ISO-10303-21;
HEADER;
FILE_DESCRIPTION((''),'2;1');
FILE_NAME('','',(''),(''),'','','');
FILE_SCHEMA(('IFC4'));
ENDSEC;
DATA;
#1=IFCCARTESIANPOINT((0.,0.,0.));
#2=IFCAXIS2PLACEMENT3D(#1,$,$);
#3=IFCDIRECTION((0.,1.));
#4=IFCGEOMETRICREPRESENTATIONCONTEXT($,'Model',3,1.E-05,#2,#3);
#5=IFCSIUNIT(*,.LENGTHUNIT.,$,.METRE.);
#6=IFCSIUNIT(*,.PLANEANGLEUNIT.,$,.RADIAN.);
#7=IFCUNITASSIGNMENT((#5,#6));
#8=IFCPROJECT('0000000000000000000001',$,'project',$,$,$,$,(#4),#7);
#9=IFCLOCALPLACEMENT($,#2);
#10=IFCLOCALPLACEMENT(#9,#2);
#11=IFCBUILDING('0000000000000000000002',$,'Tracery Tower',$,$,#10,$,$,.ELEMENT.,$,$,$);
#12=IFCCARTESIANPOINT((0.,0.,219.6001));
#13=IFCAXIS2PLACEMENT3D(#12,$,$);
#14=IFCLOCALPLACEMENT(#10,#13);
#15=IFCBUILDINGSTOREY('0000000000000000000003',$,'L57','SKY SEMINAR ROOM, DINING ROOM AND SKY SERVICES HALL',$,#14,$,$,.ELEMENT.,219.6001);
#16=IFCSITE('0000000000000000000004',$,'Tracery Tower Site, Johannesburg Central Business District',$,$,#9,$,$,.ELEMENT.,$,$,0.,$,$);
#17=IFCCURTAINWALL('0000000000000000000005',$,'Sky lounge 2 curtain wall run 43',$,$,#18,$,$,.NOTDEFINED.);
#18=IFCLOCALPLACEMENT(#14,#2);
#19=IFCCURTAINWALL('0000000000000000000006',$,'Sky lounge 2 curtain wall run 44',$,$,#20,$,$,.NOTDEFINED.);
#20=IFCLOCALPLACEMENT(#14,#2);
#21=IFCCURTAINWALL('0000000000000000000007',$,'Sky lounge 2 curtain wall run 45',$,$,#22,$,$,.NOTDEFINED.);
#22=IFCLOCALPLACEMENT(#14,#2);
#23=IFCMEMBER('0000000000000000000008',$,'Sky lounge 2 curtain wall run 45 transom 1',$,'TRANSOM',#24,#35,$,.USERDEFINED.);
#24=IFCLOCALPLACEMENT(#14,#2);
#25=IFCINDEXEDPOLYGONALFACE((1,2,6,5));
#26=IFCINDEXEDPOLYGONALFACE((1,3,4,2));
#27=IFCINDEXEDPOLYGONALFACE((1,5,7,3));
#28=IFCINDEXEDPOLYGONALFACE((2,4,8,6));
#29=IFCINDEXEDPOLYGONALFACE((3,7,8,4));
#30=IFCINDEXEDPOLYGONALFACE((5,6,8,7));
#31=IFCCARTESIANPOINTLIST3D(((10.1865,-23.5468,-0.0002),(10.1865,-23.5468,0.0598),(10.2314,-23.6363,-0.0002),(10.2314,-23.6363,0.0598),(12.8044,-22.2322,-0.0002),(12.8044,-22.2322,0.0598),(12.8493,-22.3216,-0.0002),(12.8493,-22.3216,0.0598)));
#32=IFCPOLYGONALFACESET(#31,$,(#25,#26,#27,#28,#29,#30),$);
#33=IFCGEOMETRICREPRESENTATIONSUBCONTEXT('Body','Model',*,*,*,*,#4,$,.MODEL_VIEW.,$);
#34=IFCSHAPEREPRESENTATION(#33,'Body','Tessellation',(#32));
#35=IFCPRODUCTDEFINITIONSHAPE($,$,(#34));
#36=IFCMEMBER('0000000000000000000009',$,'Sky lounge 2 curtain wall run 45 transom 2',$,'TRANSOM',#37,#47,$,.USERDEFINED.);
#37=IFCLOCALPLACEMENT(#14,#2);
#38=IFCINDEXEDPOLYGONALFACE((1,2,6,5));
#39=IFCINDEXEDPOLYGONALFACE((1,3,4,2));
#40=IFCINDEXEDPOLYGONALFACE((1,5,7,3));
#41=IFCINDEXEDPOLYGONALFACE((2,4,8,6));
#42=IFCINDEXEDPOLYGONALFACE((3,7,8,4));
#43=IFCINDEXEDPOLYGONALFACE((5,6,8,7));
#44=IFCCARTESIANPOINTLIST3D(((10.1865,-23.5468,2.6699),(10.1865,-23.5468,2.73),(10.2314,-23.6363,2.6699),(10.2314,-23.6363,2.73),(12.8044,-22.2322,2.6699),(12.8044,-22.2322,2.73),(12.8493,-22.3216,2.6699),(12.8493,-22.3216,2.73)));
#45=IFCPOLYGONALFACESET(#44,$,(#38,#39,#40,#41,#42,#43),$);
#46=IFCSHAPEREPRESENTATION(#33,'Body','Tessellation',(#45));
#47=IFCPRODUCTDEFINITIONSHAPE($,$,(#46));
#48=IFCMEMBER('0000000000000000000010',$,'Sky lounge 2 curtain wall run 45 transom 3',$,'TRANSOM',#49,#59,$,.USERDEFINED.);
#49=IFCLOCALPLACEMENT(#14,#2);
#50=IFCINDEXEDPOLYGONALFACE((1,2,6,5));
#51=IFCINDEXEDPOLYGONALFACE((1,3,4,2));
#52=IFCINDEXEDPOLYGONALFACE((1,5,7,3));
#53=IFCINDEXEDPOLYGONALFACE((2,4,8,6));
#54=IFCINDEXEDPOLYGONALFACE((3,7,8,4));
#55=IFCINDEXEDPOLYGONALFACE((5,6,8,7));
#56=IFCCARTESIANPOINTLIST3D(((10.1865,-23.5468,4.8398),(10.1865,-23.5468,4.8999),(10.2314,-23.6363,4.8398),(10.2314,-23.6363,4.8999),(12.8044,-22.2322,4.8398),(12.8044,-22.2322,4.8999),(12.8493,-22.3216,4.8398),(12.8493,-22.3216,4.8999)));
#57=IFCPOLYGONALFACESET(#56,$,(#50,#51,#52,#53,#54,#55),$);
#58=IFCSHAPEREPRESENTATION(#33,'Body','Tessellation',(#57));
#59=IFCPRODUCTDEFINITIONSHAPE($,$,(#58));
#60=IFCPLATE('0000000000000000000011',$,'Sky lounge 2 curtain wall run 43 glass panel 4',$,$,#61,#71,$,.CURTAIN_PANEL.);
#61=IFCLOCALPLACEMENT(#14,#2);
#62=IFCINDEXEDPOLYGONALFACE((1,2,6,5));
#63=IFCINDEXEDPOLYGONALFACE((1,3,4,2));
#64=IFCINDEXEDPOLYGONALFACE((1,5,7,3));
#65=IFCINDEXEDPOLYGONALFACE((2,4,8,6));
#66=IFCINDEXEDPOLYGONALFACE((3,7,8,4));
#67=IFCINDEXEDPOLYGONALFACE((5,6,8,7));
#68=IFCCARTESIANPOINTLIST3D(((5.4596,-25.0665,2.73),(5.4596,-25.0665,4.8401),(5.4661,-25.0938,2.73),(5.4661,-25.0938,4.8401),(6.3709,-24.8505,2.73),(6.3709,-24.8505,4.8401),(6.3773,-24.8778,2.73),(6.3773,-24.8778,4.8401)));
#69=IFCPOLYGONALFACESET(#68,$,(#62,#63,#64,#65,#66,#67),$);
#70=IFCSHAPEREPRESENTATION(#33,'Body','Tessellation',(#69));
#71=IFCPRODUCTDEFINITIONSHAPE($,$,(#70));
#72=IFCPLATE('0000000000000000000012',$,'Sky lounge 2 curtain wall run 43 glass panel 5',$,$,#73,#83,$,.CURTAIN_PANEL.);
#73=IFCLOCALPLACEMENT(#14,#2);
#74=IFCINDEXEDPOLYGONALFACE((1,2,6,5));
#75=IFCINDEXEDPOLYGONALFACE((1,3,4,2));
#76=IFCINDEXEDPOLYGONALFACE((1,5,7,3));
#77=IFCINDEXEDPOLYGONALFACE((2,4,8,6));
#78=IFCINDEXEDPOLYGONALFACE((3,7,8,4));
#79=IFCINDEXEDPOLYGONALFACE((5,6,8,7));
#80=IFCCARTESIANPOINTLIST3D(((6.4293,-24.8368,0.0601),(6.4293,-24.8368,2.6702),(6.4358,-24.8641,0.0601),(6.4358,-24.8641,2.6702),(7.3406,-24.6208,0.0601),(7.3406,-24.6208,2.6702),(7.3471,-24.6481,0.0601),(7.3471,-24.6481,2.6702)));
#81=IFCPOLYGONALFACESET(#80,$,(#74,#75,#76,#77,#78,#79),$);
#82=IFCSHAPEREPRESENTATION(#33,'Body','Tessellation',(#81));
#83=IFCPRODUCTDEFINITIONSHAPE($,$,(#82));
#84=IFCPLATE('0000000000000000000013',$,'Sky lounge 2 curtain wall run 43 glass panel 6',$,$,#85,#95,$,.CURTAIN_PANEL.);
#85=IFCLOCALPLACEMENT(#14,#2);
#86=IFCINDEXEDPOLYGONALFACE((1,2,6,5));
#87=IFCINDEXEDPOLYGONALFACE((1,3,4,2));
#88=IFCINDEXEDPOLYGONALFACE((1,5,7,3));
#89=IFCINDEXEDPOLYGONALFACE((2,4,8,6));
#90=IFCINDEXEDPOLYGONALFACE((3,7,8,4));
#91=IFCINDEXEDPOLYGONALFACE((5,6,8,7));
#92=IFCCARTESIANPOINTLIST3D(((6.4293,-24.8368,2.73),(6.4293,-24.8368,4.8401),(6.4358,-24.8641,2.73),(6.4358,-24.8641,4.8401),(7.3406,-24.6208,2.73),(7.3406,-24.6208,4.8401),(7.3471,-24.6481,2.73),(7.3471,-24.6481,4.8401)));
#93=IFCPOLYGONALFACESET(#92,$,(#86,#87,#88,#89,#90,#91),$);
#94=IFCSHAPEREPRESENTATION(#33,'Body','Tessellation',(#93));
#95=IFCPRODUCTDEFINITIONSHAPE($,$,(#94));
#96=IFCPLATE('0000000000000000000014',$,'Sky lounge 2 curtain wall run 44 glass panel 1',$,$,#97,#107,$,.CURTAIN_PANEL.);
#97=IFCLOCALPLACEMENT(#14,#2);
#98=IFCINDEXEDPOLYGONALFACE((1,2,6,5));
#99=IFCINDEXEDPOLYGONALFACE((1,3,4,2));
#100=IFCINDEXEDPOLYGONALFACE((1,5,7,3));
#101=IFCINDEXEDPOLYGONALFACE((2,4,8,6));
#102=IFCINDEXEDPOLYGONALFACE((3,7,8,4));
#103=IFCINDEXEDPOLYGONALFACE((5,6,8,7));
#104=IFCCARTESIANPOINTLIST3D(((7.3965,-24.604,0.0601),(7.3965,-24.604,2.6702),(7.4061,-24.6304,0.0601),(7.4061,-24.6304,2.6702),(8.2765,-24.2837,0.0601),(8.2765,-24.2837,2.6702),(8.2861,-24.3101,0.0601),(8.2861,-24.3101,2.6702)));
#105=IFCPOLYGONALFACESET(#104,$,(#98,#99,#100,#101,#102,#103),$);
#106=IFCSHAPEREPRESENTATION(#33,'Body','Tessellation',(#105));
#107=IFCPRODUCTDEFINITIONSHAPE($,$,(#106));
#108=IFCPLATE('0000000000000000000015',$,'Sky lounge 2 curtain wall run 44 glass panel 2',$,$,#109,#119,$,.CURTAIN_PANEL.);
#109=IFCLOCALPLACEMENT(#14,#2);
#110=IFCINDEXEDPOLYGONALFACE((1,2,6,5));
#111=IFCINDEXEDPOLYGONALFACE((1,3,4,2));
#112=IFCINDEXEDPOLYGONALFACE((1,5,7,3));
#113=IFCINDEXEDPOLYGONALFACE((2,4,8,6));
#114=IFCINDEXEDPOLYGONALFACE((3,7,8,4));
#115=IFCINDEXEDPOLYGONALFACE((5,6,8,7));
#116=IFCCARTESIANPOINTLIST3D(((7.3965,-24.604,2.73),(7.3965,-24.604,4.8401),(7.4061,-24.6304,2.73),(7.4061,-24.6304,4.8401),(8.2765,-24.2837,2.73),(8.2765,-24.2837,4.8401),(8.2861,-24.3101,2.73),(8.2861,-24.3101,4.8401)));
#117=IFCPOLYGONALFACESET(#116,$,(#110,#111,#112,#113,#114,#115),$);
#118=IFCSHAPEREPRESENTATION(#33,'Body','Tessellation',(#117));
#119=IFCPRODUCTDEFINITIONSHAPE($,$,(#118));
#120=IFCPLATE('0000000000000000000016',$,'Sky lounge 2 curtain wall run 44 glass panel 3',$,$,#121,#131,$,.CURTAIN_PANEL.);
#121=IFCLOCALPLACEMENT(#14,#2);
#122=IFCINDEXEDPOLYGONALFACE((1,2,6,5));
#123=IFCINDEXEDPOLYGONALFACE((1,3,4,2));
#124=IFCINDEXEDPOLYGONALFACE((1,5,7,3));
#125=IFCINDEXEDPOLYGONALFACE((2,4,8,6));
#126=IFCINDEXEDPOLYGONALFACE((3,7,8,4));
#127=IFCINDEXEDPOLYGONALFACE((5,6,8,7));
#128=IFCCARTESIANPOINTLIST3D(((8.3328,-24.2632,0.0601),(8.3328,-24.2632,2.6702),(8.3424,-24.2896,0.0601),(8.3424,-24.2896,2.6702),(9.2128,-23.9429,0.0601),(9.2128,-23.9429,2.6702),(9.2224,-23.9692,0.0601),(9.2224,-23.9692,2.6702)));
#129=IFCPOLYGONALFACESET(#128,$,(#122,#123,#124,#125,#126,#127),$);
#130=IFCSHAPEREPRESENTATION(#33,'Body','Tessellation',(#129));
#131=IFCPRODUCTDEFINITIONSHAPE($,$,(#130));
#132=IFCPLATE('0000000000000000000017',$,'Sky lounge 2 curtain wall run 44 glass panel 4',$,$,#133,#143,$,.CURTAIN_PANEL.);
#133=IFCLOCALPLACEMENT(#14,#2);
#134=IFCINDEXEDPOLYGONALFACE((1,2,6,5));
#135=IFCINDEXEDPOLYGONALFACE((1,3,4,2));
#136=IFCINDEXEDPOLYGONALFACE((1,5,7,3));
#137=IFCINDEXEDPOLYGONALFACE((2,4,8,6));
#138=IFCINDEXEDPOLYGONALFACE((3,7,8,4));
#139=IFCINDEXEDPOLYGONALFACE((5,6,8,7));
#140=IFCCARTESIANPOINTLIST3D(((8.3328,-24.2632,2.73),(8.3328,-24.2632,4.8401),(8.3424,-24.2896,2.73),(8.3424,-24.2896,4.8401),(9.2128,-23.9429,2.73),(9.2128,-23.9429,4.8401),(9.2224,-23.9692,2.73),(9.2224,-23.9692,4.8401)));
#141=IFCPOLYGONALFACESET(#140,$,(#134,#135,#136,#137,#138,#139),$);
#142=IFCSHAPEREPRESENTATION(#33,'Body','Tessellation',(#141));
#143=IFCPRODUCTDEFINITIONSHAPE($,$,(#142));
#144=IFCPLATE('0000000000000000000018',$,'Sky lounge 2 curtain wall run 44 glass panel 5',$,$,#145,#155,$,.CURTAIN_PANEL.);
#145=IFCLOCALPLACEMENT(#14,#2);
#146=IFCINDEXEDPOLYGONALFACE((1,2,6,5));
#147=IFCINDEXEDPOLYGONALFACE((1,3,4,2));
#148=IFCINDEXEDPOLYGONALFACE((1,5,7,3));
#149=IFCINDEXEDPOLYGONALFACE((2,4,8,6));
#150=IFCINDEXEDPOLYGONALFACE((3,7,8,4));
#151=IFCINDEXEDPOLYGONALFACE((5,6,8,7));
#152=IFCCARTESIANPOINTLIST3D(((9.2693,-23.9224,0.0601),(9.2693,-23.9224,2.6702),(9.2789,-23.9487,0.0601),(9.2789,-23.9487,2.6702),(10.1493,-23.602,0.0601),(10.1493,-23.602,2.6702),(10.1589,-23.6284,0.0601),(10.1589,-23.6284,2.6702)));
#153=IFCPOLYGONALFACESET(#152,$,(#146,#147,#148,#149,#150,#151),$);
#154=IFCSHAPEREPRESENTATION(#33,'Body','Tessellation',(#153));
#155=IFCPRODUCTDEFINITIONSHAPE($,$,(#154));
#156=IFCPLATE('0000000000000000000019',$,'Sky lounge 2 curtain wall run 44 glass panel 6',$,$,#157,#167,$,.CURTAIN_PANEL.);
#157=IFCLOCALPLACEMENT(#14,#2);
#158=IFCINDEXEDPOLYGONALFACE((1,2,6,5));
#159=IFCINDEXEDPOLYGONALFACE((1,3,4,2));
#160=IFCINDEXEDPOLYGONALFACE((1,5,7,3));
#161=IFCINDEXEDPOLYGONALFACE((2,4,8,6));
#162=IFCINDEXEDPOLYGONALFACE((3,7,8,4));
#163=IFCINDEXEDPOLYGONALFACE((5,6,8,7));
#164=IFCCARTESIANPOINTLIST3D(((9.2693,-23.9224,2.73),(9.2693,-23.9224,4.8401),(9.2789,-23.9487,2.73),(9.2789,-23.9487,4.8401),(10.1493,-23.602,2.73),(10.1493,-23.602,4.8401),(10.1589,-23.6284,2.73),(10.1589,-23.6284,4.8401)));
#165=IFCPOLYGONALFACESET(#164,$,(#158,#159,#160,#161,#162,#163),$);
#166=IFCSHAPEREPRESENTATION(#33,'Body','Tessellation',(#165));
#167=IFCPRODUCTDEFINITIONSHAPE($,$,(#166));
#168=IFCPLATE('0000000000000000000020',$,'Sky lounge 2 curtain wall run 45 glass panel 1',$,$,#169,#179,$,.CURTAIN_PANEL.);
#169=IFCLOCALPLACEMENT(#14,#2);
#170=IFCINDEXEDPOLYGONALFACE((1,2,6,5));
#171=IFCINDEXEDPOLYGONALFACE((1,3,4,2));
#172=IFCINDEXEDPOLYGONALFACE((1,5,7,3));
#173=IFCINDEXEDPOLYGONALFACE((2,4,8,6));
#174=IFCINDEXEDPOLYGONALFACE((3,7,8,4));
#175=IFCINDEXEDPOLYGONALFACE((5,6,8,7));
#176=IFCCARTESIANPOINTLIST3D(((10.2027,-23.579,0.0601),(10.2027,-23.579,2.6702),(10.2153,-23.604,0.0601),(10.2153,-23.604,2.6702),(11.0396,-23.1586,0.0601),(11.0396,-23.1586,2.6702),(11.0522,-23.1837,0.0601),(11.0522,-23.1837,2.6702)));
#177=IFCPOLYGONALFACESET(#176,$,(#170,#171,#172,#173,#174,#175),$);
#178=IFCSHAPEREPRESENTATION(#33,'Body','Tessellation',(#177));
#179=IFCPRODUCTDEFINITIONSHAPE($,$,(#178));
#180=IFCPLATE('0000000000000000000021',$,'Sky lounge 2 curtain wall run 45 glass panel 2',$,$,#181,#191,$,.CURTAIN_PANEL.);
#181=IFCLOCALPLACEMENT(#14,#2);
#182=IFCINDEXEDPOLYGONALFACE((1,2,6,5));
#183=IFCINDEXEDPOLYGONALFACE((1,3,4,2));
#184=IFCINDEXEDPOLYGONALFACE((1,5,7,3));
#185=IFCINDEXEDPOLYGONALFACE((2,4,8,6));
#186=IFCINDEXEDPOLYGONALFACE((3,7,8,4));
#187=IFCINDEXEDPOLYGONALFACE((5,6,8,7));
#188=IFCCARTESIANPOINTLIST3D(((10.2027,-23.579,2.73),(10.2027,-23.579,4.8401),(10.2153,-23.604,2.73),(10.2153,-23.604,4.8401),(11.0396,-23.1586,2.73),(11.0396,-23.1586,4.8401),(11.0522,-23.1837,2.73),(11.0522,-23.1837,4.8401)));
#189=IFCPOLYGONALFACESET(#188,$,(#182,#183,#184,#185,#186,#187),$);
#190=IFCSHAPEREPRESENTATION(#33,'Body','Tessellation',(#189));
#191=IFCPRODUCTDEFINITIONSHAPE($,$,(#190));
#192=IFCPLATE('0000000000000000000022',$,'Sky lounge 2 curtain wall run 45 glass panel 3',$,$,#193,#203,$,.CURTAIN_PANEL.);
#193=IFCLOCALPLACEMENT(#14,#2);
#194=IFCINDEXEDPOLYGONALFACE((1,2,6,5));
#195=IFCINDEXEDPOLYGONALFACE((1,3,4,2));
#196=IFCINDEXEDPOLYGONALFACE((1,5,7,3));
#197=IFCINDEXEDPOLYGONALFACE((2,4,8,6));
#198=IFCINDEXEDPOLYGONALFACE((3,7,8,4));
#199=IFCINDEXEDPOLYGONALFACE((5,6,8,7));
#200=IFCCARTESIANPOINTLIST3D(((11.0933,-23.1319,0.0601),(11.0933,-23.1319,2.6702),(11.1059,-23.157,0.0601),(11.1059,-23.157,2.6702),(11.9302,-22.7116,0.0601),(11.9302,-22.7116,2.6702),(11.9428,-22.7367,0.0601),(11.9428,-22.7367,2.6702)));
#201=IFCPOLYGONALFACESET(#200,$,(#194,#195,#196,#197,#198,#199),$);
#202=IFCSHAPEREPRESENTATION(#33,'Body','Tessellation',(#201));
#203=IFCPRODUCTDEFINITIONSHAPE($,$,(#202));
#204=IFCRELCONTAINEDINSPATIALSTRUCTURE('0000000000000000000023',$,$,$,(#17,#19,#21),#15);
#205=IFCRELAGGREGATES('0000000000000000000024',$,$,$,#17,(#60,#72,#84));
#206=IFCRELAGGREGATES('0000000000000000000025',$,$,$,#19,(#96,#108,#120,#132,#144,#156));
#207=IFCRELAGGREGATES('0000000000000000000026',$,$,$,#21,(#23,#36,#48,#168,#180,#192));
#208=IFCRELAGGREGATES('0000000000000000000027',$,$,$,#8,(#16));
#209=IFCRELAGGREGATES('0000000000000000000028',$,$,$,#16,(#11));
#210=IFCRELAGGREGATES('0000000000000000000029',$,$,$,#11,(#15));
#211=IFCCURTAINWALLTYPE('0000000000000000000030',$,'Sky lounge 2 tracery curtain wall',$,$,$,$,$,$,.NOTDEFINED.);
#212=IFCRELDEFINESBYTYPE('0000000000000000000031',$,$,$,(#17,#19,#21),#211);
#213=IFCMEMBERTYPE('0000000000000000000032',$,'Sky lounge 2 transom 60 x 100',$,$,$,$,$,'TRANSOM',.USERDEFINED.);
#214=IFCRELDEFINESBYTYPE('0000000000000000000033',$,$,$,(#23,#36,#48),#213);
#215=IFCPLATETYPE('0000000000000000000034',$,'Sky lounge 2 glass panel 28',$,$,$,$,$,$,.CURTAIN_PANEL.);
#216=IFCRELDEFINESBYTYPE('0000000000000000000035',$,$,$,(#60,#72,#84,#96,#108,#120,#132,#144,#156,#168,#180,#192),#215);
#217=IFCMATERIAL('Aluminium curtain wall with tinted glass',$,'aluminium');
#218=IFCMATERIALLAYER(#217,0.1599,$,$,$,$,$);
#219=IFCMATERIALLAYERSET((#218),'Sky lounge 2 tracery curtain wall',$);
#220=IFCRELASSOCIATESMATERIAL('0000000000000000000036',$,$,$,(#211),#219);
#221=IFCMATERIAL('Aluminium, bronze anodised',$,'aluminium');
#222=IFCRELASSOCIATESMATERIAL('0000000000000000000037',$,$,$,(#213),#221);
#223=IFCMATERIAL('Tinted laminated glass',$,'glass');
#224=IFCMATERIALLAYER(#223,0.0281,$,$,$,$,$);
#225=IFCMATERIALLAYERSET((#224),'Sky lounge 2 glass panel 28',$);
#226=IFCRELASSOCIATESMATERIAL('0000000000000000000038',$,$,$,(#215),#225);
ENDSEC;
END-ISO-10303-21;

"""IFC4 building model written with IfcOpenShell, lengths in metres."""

from ifc_helpers import new_model, si_unit, direction, frame, origin, origin_2d, place, context, subcontext, project, spatial, rectangle, extrude, material, layer, layer_set, material_profile, profile_set, type_object, element, aggregate, save


model = new_model("IFC4")

# Units and contexts
model_context = context("Model", 3, precision=1e-05, world=origin(), true_north=direction((0.0, 1.0)))
body_context = subcontext(model_context, "Body", "Model", "MODEL_VIEW")
ifc_project = project(units=[si_unit("LENGTHUNIT", "METRE"), si_unit("PLANEANGLEUNIT", "RADIAN")], contexts=[model_context])

# Site, building, storey
site_placement = place(None, origin())
site = spatial("IfcSite", under=ifc_project, at=site_placement, Name="Tracery Tower Site, Johannesburg Central Business District", CompositionType="ELEMENT", RefElevation=0.0)
building_placement = place(site_placement, origin())
building = spatial("IfcBuilding", under=site, at=building_placement, Name="Tracery Tower", CompositionType="ELEMENT")
storey_placement = place(building_placement, frame((0.0, 0.0, 219.6001)))
storey = spatial("IfcBuildingStorey", under=building, at=storey_placement, Name="L57", Description="SKY SEMINAR ROOM, DINING ROOM AND SKY SERVICES HALL", CompositionType="ELEMENT", Elevation=219.6001)

# Curtain wall
ifc_material_1 = material(Name="Aluminium curtain wall with tinted glass", Category="aluminium")
ifc_layer_1 = layer(ifc_material_1, 0.1599)
ifc_layer_set_1 = layer_set([ifc_layer_1], Name="Sky lounge 2 tracery curtain wall")
curtain_wall_type = type_object("IfcCurtainWallType", Name="Sky lounge 2 tracery curtain wall", PredefinedType="NOTDEFINED", material=ifc_layer_set_1)
curtain_wall_1_placement = place(storey_placement, origin())
curtain_wall_1 = element("IfcCurtainWall", 1, at=curtain_wall_1_placement, inside=storey, type_object=curtain_wall_type, Name="Sky lounge 2 curtain wall run 43", PredefinedType="NOTDEFINED")

# Curtain walls
curtain_wall_2_placement = place(storey_placement, origin())
curtain_wall_2 = element("IfcCurtainWall", 2, at=curtain_wall_2_placement, inside=storey, type_object=curtain_wall_type, Name="Sky lounge 2 curtain wall run 44", PredefinedType="NOTDEFINED")
curtain_wall_3_placement = place(storey_placement, origin())
curtain_wall_3 = element("IfcCurtainWall", 3, at=curtain_wall_3_placement, inside=storey, type_object=curtain_wall_type, Name="Sky lounge 2 curtain wall run 45", PredefinedType="NOTDEFINED")

# Members
ifc_material_2 = material(Name="Aluminium, bronze anodised", Category="aluminium")
ifc_material_profile_1 = material_profile(ifc_material_2, rectangle(XDim=0.1001, YDim=0.0601, at=origin_2d()), Name="AL 60x100")
ifc_profile_set_1 = profile_set([ifc_material_profile_1], Name="Aluminium, bronze anodised")
member_type_1 = type_object("IfcMemberType", Name="Sky lounge 2 transom 60 x 100", ElementType="TRANSOM", PredefinedType="USERDEFINED", material=ifc_profile_set_1)
member_1_placement = place(storey_placement, frame((10.209, -23.5916, 0.0298), z_axis=(0.893642, 0.44878, 0.0), x_axis=(-0.44878, 0.893642, 0.0)))
member_1 = element("IfcMember", 4, at=member_1_placement, type_object=member_type_1, Name="Sky lounge 2 curtain wall run 45 transom 1", ObjectType="TRANSOM", PredefinedType="USERDEFINED", context=body_context, shape_type="SweptSolid", body=[
    extrude(rectangle(XDim=0.1001, YDim=0.0601, at=origin_2d()), origin(), (0.0, 0.0, 1.0), 2.9294),
])
member_2_placement = place(storey_placement, frame((10.209, -23.5916, 2.7), z_axis=(0.893642, 0.44878, 0.0), x_axis=(-0.44878, 0.893642, 0.0)))
member_2 = element("IfcMember", 5, at=member_2_placement, type_object=member_type_1, Name="Sky lounge 2 curtain wall run 45 transom 2", ObjectType="TRANSOM", PredefinedType="USERDEFINED", context=body_context, shape_type="SweptSolid", body=[
    extrude(rectangle(XDim=0.1001, YDim=0.0601, at=origin_2d()), origin(), (0.0, 0.0, 1.0), 2.9294),
])
member_3_placement = place(storey_placement, frame((10.209, -23.5916, 4.8699), z_axis=(0.893642, 0.44878, 0.0), x_axis=(-0.44878, 0.893642, 0.0)))
member_3 = element("IfcMember", 6, at=member_3_placement, type_object=member_type_1, Name="Sky lounge 2 curtain wall run 45 transom 3", ObjectType="TRANSOM", PredefinedType="USERDEFINED", context=body_context, shape_type="SweptSolid", body=[
    extrude(rectangle(XDim=0.1001, YDim=0.0601, at=origin_2d()), origin(), (0.0, 0.0, 1.0), 2.9294),
])

# Plates
ifc_material_3 = material(Name="Tinted laminated glass", Category="glass")
ifc_layer_2 = layer(ifc_material_3, 0.0281)
ifc_layer_set_2 = layer_set([ifc_layer_2], Name="Sky lounge 2 glass panel 28")
plate_type = type_object("IfcPlateType", Name="Sky lounge 2 glass panel 28", PredefinedType="CURTAIN_PANEL", material=ifc_layer_set_2)
plate_1_placement = place(storey_placement, frame((5.9185, -24.9722, 2.73), z_axis=(0.0, 0.0, 1.0), x_axis=(0.973045, 0.230616, 0.0)))
plate_1 = element("IfcPlate", 7, at=plate_1_placement, type_object=plate_type, Name="Sky lounge 2 curtain wall run 43 glass panel 4", PredefinedType="CURTAIN_PANEL", context=body_context, shape_type="SweptSolid", body=[
    extrude(rectangle(XDim=0.9365, YDim=0.0281, at=origin_2d()), origin(), (0.0, 0.0, 1.0), 2.1101),
])
plate_2_placement = place(storey_placement, frame((6.8882, -24.7424, 0.0601), z_axis=(0.0, 0.0, 1.0), x_axis=(0.973045, 0.230616, 0.0)))
plate_2 = element("IfcPlate", 8, at=plate_2_placement, type_object=plate_type, Name="Sky lounge 2 curtain wall run 43 glass panel 5", PredefinedType="CURTAIN_PANEL", context=body_context, shape_type="SweptSolid", body=[
    extrude(rectangle(XDim=0.9365, YDim=0.0281, at=origin_2d()), origin(), (0.0, 0.0, 1.0), 2.6101),
])
plate_3_placement = place(storey_placement, frame((6.8882, -24.7424, 2.73), z_axis=(0.0, 0.0, 1.0), x_axis=(0.973045, 0.230616, 0.0)))
plate_3 = element("IfcPlate", 9, at=plate_3_placement, type_object=plate_type, Name="Sky lounge 2 curtain wall run 43 glass panel 6", PredefinedType="CURTAIN_PANEL", context=body_context, shape_type="SweptSolid", body=[
    extrude(rectangle(XDim=0.9365, YDim=0.0281, at=origin_2d()), origin(), (0.0, 0.0, 1.0), 2.1101),
])
aggregate(curtain_wall_1, [plate_1, plate_2, plate_3])
plate_4_placement = place(storey_placement, frame((7.8413, -24.457, 0.0601), z_axis=(0.0, 0.0, 1.0), x_axis=(0.939693, 0.34202, 0.0)))
plate_4 = element("IfcPlate", 10, at=plate_4_placement, type_object=plate_type, Name="Sky lounge 2 curtain wall run 44 glass panel 1", PredefinedType="CURTAIN_PANEL", context=body_context, shape_type="SweptSolid", body=[
    extrude(rectangle(XDim=0.9365, YDim=0.0281, at=origin_2d()), origin(), (0.0, 0.0, 1.0), 2.6101),
])
plate_5_placement = place(storey_placement, frame((7.8413, -24.457, 2.73), z_axis=(0.0, 0.0, 1.0), x_axis=(0.939693, 0.34202, 0.0)))
plate_5 = element("IfcPlate", 11, at=plate_5_placement, type_object=plate_type, Name="Sky lounge 2 curtain wall run 44 glass panel 2", PredefinedType="CURTAIN_PANEL", context=body_context, shape_type="SweptSolid", body=[
    extrude(rectangle(XDim=0.9365, YDim=0.0281, at=origin_2d()), origin(), (0.0, 0.0, 1.0), 2.1101),
])
plate_6_placement = place(storey_placement, frame((8.7776, -24.1162, 0.0601), z_axis=(0.0, 0.0, 1.0), x_axis=(0.939693, 0.34202, 0.0)))
plate_6 = element("IfcPlate", 12, at=plate_6_placement, type_object=plate_type, Name="Sky lounge 2 curtain wall run 44 glass panel 3", PredefinedType="CURTAIN_PANEL", context=body_context, shape_type="SweptSolid", body=[
    extrude(rectangle(XDim=0.9365, YDim=0.0281, at=origin_2d()), origin(), (0.0, 0.0, 1.0), 2.6101),
])
plate_7_placement = place(storey_placement, frame((8.7776, -24.1162, 2.73), z_axis=(0.0, 0.0, 1.0), x_axis=(0.939693, 0.34202, 0.0)))
plate_7 = element("IfcPlate", 13, at=plate_7_placement, type_object=plate_type, Name="Sky lounge 2 curtain wall run 44 glass panel 4", PredefinedType="CURTAIN_PANEL", context=body_context, shape_type="SweptSolid", body=[
    extrude(rectangle(XDim=0.9365, YDim=0.0281, at=origin_2d()), origin(), (0.0, 0.0, 1.0), 2.1101),
])
plate_8_placement = place(storey_placement, frame((9.7141, -23.7754, 0.0601), z_axis=(0.0, 0.0, 1.0), x_axis=(0.939693, 0.34202, 0.0)))
plate_8 = element("IfcPlate", 14, at=plate_8_placement, type_object=plate_type, Name="Sky lounge 2 curtain wall run 44 glass panel 5", PredefinedType="CURTAIN_PANEL", context=body_context, shape_type="SweptSolid", body=[
    extrude(rectangle(XDim=0.9365, YDim=0.0281, at=origin_2d()), origin(), (0.0, 0.0, 1.0), 2.6101),
])
plate_9_placement = place(storey_placement, frame((9.7141, -23.7754, 2.73), z_axis=(0.0, 0.0, 1.0), x_axis=(0.939693, 0.34202, 0.0)))
plate_9 = element("IfcPlate", 15, at=plate_9_placement, type_object=plate_type, Name="Sky lounge 2 curtain wall run 44 glass panel 6", PredefinedType="CURTAIN_PANEL", context=body_context, shape_type="SweptSolid", body=[
    extrude(rectangle(XDim=0.9365, YDim=0.0281, at=origin_2d()), origin(), (0.0, 0.0, 1.0), 2.1101),
])
aggregate(curtain_wall_2, [plate_4, plate_5, plate_6, plate_7, plate_8, plate_9])
plate_10_placement = place(storey_placement, frame((10.6274, -23.3813, 0.0601), z_axis=(0.0, 0.0, 1.0), x_axis=(0.893633, 0.448799, 0.0)))
plate_10 = element("IfcPlate", 16, at=plate_10_placement, type_object=plate_type, Name="Sky lounge 2 curtain wall run 45 glass panel 1", PredefinedType="CURTAIN_PANEL", context=body_context, shape_type="SweptSolid", body=[
    extrude(rectangle(XDim=0.9365, YDim=0.0281, at=origin_2d()), origin(), (0.0, 0.0, 1.0), 2.6101),
])
plate_11_placement = place(storey_placement, frame((10.6274, -23.3813, 2.73), z_axis=(0.0, 0.0, 1.0), x_axis=(0.893633, 0.448799, 0.0)))
plate_11 = element("IfcPlate", 17, at=plate_11_placement, type_object=plate_type, Name="Sky lounge 2 curtain wall run 45 glass panel 2", PredefinedType="CURTAIN_PANEL", context=body_context, shape_type="SweptSolid", body=[
    extrude(rectangle(XDim=0.9365, YDim=0.0281, at=origin_2d()), origin(), (0.0, 0.0, 1.0), 2.1101),
])
plate_12_placement = place(storey_placement, frame((11.5181, -22.9343, 0.0601), z_axis=(0.0, 0.0, 1.0), x_axis=(0.893633, 0.448799, 0.0)))
plate_12 = element("IfcPlate", 18, at=plate_12_placement, type_object=plate_type, Name="Sky lounge 2 curtain wall run 45 glass panel 3", PredefinedType="CURTAIN_PANEL", context=body_context, shape_type="SweptSolid", body=[
    extrude(rectangle(XDim=0.9365, YDim=0.0281, at=origin_2d()), origin(), (0.0, 0.0, 1.0), 2.6101),
])
aggregate(curtain_wall_3, [member_1, member_2, member_3, plate_10, plate_11, plate_12])

save(model, "model.ifc")
